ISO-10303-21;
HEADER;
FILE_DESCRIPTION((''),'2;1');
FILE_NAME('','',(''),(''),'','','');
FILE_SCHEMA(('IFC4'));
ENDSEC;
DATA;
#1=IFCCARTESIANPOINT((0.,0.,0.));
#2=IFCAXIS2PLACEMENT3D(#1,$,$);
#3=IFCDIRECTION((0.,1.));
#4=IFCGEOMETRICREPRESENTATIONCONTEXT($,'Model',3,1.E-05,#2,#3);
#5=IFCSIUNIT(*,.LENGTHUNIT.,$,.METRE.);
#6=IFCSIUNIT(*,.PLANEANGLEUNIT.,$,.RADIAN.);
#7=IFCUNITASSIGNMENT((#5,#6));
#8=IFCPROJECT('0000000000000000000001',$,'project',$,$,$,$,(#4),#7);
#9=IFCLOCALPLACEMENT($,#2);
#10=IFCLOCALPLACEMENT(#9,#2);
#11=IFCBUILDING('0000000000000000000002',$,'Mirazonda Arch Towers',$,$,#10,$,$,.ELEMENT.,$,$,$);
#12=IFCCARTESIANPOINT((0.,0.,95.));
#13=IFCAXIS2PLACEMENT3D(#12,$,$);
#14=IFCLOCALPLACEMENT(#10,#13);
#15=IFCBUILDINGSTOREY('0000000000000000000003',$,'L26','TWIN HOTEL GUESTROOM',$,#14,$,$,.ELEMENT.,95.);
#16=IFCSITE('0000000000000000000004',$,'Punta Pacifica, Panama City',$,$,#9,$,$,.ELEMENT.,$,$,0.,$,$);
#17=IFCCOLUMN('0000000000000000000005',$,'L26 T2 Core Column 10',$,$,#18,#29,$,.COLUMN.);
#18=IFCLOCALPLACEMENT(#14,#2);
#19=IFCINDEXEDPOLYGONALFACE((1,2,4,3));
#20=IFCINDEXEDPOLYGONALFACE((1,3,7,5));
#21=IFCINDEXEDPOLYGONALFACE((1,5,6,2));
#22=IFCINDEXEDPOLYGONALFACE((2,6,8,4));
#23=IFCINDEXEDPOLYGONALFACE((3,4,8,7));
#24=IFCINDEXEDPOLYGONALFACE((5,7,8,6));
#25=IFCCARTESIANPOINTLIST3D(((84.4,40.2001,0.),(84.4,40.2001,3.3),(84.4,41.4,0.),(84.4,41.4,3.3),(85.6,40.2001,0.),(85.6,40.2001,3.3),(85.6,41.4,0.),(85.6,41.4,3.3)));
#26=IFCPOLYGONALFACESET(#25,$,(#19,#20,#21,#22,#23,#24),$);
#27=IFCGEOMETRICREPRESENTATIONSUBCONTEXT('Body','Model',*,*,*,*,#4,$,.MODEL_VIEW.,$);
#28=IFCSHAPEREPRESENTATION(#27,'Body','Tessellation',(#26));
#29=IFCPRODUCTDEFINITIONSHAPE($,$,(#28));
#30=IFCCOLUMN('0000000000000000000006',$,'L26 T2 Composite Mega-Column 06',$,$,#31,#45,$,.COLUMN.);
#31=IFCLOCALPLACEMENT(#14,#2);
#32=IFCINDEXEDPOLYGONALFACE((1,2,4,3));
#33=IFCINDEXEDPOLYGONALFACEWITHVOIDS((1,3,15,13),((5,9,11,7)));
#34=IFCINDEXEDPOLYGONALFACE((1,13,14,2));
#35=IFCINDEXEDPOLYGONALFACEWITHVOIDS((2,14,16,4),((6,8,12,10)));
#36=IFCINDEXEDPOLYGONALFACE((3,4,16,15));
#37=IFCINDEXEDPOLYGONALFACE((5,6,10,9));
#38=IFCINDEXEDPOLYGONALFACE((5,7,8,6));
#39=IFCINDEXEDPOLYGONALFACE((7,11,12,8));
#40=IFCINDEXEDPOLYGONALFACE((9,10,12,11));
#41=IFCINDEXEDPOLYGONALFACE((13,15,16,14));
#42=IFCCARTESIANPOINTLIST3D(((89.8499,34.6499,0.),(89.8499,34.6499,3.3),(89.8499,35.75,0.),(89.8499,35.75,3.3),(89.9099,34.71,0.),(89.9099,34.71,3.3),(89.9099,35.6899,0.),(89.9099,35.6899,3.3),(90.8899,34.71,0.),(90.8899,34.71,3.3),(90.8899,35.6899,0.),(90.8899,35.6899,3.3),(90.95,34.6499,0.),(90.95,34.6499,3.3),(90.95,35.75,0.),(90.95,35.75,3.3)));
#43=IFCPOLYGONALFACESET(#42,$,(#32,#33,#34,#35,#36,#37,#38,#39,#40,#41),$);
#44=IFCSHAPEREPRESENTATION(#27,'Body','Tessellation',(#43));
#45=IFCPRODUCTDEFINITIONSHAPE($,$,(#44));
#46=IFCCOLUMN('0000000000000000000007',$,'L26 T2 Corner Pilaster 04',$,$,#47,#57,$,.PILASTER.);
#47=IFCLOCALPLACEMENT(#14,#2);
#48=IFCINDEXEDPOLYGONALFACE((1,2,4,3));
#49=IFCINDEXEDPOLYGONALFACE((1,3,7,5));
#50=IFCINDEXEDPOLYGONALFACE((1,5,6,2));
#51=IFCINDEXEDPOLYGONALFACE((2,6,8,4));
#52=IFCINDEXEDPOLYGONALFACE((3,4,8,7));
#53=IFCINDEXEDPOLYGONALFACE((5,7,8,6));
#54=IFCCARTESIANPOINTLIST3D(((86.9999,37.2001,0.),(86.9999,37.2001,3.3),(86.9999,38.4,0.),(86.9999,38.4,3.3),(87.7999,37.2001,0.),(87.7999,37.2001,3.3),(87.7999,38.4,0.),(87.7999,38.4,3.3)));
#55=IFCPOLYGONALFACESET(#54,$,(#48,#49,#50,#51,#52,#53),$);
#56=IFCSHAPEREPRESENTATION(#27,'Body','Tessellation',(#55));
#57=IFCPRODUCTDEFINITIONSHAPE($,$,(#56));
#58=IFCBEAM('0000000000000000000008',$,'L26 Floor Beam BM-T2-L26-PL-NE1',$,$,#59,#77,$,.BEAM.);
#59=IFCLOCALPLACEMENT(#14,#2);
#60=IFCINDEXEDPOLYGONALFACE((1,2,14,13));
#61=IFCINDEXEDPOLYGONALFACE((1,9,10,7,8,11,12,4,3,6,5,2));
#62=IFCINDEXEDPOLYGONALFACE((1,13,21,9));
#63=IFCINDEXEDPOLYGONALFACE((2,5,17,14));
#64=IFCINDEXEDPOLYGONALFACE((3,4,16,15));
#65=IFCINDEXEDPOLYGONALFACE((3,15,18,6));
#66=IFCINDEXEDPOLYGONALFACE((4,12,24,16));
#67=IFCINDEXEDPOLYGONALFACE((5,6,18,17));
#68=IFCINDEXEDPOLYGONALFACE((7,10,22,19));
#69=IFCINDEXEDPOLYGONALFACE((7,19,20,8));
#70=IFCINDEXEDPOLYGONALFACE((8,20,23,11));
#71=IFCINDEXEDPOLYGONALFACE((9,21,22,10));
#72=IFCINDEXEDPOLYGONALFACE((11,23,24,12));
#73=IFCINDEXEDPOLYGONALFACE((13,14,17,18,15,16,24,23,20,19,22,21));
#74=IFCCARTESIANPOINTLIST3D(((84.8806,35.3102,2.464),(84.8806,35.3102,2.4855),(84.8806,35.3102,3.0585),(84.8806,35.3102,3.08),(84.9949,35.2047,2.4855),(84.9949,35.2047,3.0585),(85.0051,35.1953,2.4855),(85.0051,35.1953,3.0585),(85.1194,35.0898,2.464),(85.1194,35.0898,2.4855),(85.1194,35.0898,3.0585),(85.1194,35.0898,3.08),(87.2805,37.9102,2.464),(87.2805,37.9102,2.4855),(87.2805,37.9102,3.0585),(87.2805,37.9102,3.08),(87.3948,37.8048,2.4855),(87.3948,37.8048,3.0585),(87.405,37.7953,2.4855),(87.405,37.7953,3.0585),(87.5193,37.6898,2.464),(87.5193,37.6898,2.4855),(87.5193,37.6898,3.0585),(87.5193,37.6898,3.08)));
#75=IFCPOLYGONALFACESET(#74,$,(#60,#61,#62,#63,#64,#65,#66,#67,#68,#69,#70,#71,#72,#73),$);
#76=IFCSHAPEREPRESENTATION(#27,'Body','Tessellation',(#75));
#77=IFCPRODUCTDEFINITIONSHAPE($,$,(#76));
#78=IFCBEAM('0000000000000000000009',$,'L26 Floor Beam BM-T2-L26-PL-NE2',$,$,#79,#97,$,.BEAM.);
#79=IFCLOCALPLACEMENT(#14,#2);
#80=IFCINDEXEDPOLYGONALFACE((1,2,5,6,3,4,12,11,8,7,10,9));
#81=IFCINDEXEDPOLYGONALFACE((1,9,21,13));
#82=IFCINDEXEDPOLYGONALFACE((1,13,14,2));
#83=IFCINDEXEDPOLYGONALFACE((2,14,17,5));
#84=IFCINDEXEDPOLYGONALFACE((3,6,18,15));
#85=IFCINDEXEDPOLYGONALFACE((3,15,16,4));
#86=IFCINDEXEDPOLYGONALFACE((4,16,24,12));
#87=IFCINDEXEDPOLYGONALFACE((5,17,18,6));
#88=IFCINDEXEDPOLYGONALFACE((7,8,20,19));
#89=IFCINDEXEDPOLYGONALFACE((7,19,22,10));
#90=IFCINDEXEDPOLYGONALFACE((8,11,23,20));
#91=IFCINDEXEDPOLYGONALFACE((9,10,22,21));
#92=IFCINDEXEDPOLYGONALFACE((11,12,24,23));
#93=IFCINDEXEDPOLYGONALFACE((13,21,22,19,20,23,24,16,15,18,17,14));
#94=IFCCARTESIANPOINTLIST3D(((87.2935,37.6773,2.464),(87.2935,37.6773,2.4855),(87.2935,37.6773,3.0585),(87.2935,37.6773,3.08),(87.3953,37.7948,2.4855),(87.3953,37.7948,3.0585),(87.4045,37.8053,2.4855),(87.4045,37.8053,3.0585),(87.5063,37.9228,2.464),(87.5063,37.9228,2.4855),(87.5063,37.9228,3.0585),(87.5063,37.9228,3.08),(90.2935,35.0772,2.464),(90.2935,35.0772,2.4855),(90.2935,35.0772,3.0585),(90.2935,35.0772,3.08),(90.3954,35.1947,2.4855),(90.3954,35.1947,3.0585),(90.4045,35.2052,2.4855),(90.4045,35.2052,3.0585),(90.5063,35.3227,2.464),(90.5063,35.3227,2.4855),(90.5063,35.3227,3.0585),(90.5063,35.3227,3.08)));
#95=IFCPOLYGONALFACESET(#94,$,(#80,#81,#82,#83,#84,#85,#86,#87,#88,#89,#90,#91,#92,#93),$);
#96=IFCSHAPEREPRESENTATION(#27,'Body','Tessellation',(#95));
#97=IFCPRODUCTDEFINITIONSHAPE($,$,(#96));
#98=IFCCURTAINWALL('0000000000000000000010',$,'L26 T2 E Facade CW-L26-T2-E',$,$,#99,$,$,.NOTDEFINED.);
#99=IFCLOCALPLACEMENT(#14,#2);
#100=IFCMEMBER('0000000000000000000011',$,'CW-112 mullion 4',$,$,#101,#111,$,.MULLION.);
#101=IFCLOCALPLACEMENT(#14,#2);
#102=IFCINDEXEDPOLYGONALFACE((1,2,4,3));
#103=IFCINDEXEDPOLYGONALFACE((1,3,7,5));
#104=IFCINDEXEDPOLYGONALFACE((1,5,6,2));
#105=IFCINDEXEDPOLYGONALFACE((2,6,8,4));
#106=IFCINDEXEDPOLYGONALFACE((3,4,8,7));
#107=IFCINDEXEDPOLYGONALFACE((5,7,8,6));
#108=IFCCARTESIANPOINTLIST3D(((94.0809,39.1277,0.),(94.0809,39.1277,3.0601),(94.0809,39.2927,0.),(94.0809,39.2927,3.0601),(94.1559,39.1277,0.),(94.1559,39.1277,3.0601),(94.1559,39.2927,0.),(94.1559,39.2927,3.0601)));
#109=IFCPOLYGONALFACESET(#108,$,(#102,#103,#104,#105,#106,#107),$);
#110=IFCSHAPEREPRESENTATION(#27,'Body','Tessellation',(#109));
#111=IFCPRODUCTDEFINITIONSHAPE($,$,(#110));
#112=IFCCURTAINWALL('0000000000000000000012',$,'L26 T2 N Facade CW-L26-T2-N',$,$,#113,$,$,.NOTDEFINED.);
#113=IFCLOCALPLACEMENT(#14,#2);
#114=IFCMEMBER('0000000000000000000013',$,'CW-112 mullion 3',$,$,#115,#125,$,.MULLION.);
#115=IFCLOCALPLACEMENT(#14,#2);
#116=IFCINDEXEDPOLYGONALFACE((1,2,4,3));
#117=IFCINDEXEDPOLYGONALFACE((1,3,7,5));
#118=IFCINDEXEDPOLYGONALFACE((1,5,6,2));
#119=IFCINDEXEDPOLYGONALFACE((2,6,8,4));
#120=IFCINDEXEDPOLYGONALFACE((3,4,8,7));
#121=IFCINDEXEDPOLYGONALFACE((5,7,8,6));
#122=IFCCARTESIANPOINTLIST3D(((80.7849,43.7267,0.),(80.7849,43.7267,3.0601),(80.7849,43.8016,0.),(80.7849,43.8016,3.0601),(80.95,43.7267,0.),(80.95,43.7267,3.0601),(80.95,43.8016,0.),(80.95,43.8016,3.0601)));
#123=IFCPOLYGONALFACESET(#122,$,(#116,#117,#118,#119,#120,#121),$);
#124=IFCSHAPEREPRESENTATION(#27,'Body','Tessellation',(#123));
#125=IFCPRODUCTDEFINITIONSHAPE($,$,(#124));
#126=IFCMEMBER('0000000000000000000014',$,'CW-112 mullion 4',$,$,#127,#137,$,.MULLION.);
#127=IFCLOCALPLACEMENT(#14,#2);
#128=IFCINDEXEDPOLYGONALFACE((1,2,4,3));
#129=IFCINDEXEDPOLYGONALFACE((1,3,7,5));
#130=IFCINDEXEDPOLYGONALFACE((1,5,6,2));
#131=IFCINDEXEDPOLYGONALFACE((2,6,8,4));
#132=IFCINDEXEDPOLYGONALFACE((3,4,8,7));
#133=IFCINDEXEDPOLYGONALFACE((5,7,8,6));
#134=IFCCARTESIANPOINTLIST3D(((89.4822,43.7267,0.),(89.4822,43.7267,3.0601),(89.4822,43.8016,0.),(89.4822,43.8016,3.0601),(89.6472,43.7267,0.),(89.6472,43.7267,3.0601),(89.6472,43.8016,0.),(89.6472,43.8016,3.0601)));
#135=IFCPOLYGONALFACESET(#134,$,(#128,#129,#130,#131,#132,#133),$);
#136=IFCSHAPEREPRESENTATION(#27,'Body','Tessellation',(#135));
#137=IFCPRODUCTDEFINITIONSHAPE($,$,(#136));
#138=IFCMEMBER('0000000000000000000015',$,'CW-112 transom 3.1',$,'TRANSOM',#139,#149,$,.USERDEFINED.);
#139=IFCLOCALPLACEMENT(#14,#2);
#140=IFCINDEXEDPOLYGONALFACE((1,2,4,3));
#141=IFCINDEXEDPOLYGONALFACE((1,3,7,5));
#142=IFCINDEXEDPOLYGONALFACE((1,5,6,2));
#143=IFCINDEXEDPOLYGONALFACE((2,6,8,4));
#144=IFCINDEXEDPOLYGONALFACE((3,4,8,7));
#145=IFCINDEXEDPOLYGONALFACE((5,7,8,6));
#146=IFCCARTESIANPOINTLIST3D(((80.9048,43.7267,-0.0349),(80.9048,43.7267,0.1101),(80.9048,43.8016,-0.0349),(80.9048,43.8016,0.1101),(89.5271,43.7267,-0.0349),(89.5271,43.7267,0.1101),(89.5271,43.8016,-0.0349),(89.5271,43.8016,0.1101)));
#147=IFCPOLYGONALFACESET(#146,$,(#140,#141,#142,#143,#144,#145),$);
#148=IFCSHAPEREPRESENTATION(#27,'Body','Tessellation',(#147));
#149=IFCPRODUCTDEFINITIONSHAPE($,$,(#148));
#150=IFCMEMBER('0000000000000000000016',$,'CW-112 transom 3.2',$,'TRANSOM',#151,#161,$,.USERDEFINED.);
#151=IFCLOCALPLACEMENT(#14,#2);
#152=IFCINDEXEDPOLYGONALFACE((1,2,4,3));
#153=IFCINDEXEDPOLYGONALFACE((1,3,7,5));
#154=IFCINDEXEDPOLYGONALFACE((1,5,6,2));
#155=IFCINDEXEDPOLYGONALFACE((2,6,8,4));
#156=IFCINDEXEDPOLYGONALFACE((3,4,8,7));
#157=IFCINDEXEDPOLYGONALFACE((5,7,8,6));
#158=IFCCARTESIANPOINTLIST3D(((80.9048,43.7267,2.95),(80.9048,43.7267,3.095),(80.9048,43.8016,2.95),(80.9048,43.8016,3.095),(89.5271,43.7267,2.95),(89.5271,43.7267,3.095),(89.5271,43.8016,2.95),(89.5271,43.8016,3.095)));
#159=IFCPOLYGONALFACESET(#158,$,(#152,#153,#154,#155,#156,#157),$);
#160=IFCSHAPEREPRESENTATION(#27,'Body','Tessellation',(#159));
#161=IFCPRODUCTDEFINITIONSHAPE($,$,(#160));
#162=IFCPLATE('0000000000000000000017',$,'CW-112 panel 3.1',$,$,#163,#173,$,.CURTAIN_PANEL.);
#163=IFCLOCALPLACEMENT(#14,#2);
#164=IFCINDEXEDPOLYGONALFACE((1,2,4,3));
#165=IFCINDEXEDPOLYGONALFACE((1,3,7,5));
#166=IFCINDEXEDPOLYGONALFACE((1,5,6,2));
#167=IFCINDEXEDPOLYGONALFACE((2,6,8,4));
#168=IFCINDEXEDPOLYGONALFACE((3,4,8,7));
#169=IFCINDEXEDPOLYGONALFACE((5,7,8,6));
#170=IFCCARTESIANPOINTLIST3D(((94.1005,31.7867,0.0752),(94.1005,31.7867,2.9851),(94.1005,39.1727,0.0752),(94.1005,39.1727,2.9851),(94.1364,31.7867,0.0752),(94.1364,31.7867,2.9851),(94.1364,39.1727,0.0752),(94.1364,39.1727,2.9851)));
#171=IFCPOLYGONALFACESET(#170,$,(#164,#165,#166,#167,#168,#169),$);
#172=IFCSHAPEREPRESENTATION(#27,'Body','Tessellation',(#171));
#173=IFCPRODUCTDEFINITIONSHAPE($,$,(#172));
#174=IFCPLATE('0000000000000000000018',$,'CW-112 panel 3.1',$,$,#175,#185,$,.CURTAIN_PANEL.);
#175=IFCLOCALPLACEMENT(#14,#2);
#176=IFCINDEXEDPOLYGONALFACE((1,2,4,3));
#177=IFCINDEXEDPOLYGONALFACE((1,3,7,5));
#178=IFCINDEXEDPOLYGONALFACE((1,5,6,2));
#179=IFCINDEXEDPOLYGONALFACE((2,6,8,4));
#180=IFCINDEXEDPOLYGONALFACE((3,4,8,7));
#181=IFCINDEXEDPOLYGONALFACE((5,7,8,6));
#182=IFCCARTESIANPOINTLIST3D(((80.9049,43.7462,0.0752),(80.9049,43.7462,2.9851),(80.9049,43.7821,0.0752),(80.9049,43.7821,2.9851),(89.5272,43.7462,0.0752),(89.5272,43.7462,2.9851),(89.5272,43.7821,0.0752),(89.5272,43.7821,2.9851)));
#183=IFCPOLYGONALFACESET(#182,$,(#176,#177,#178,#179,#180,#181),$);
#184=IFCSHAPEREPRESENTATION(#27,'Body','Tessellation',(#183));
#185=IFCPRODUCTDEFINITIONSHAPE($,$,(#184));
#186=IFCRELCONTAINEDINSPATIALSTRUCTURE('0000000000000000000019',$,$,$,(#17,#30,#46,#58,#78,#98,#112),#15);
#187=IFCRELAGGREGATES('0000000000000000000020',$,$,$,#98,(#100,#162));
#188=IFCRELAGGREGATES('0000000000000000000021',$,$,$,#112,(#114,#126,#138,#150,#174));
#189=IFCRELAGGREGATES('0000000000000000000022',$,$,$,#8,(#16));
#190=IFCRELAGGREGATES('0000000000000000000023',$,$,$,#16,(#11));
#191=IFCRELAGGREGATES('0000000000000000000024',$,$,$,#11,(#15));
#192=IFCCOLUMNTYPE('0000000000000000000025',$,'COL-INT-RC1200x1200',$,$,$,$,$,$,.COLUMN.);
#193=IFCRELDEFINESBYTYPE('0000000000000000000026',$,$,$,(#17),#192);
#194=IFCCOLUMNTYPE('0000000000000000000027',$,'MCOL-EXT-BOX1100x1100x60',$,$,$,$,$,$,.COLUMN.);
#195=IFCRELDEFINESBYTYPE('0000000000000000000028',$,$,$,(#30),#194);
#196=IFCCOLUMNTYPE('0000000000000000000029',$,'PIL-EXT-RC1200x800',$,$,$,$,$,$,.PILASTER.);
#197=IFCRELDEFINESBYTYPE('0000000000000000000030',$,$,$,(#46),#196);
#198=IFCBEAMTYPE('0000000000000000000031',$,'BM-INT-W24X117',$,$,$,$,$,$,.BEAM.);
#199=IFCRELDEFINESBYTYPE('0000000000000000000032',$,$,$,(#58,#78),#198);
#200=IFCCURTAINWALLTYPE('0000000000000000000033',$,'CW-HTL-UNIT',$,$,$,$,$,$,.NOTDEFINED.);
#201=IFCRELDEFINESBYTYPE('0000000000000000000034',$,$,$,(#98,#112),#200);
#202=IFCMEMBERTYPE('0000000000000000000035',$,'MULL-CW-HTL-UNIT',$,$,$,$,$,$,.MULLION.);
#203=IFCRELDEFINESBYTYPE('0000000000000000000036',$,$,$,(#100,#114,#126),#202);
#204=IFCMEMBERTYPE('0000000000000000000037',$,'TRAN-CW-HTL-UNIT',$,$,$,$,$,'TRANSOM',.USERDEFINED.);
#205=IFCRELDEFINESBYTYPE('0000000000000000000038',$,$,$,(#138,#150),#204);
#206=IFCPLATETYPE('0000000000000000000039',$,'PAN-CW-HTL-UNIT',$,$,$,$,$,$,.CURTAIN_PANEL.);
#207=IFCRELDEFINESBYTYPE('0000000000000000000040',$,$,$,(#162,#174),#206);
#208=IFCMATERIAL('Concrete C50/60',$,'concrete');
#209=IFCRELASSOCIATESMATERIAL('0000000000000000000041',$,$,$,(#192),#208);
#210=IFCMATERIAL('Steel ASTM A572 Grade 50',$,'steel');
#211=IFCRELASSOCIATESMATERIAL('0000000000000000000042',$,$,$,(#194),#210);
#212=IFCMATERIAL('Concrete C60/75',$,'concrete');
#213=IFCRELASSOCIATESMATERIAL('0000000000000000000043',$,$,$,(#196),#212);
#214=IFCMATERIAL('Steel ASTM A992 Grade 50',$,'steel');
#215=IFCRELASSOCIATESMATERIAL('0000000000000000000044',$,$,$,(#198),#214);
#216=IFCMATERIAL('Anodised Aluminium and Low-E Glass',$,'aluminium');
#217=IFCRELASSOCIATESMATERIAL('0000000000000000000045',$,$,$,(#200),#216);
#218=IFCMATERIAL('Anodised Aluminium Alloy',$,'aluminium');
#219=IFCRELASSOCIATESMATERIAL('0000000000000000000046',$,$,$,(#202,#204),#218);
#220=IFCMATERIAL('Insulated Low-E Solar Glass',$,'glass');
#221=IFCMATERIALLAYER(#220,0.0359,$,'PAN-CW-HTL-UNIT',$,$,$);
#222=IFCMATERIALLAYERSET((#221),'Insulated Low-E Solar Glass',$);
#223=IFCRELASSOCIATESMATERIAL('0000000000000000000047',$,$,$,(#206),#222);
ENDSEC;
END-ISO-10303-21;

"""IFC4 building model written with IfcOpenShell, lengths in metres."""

from ifc_helpers import new_model, si_unit, direction, frame, origin, origin_2d, place, context, subcontext, project, spatial, rectangle, hollow_rectangle, i_section, extrude, material, layer, layer_set, material_profile, profile_set, type_object, element, aggregate, save


model = new_model("IFC4")

# Units and contexts
model_context = context("Model", 3, precision=1e-05, world=origin(), true_north=direction((0.0, 1.0)))
body_context = subcontext(model_context, "Body", "Model", "MODEL_VIEW")
ifc_project = project(units=[si_unit("LENGTHUNIT", "METRE"), si_unit("PLANEANGLEUNIT", "RADIAN")], contexts=[model_context])

# Site, building, storey
site_placement = place(None, origin())
site = spatial("IfcSite", under=ifc_project, at=site_placement, Name="Punta Pacifica, Panama City", CompositionType="ELEMENT", RefElevation=0.0)
building_placement = place(site_placement, origin())
building = spatial("IfcBuilding", under=site, at=building_placement, Name="Mirazonda Arch Towers", CompositionType="ELEMENT")
storey_placement = place(building_placement, frame((0.0, 0.0, 95.0)))
storey = spatial("IfcBuildingStorey", under=building, at=storey_placement, Name="L26", Description="TWIN HOTEL GUESTROOM", CompositionType="ELEMENT", Elevation=95.0)

# Columns
ifc_material_1 = material(Name="Concrete C50/60", Category="concrete")
ifc_material_profile_1 = material_profile(ifc_material_1, rectangle(XDim=1.2, YDim=1.2, at=origin_2d()), Name="RC1200x1200")
ifc_profile_set_1 = profile_set([ifc_material_profile_1], Name="Concrete C50/60")
column_type_1 = type_object("IfcColumnType", Name="COL-INT-RC1200x1200", PredefinedType="COLUMN", material=ifc_profile_set_1)
column_1_placement = place(storey_placement, frame((85.0, 40.8, 0.0), z_axis=(0.0, 0.0, 1.0), x_axis=(1.0, 0.0, 0.0)))
element("IfcColumn", 1, at=column_1_placement, inside=storey, type_object=column_type_1, Name="L26 T2 Core Column 10", PredefinedType="COLUMN", context=body_context, shape_type="SweptSolid", body=[
    extrude(rectangle(XDim=1.2, YDim=1.2, at=origin_2d()), origin(), (0.0, 0.0, 1.0), 3.3),
])
ifc_material_2 = material(Name="Steel ASTM A572 Grade 50", Category="steel")
ifc_material_profile_2 = material_profile(ifc_material_2, hollow_rectangle(XDim=1.1001, YDim=1.1001, WallThickness=0.0601, at=origin_2d()), Name="BOX1100x1100x60")
ifc_profile_set_2 = profile_set([ifc_material_profile_2], Name="Steel ASTM A572 Grade 50")
column_type_2 = type_object("IfcColumnType", Name="MCOL-EXT-BOX1100x1100x60", PredefinedType="COLUMN", material=ifc_profile_set_2)
column_2_placement = place(storey_placement, frame((90.3999, 35.2, 0.0), z_axis=(0.0, 0.0, 1.0), x_axis=(1.0, 0.0, 0.0)))
element("IfcColumn", 2, at=column_2_placement, inside=storey, type_object=column_type_2, Name="L26 T2 Composite Mega-Column 06", PredefinedType="COLUMN", context=body_context, shape_type="SweptSolid", body=[
    extrude(hollow_rectangle(XDim=1.1001, YDim=1.1001, WallThickness=0.0601, at=origin_2d()), origin(), (0.0, 0.0, 1.0), 3.3),
])
ifc_material_3 = material(Name="Concrete C60/75", Category="concrete")
ifc_material_profile_3 = material_profile(ifc_material_3, rectangle(XDim=0.8, YDim=1.2, at=origin_2d()), Name="RC1200x800")
ifc_profile_set_3 = profile_set([ifc_material_profile_3], Name="Concrete C60/75")
column_type_3 = type_object("IfcColumnType", Name="PIL-EXT-RC1200x800", PredefinedType="PILASTER", material=ifc_profile_set_3)
column_3_placement = place(storey_placement, frame((87.3999, 37.8, 0.0), z_axis=(0.0, 0.0, 1.0), x_axis=(1.0, 0.0, 0.0)))
element("IfcColumn", 3, at=column_3_placement, inside=storey, type_object=column_type_3, Name="L26 T2 Corner Pilaster 04", PredefinedType="PILASTER", context=body_context, shape_type="SweptSolid", body=[
    extrude(rectangle(XDim=0.8, YDim=1.2, at=origin_2d()), origin(), (0.0, 0.0, 1.0), 3.3),
])

# Beams
ifc_material_4 = material(Name="Steel ASTM A992 Grade 50", Category="steel")
ifc_material_profile_4 = material_profile(ifc_material_4, i_section(OverallWidth=0.325, OverallDepth=0.616, WebThickness=0.0139, FlangeThickness=0.0215, at=origin_2d()), Name="W24X117")
ifc_profile_set_4 = profile_set([ifc_material_profile_4], Name="Steel ASTM A992 Grade 50")
beam_type = type_object("IfcBeamType", Name="BM-INT-W24X117", PredefinedType="BEAM", material=ifc_profile_set_4)
beam_1_placement = place(storey_placement, frame((87.3999, 37.8, 2.772), z_axis=(-0.678251, -0.73483, 0.0), x_axis=(0.73483, -0.678251, 0.0)))
element("IfcBeam", 4, at=beam_1_placement, inside=storey, type_object=beam_type, Name="L26 Floor Beam BM-T2-L26-PL-NE1", PredefinedType="BEAM", context=body_context, shape_type="SweptSolid", body=[
    extrude(i_section(OverallWidth=0.325, OverallDepth=0.616, WebThickness=0.0139, FlangeThickness=0.0215, at=origin_2d()), origin(), (0.0, 0.0, 1.0), 3.5383),
])
beam_2_placement = place(storey_placement, frame((87.3999, 37.8, 2.772), z_axis=(0.755677, -0.654945, 0.0), x_axis=(0.654945, 0.755677, 0.0)))
element("IfcBeam", 5, at=beam_2_placement, inside=storey, type_object=beam_type, Name="L26 Floor Beam BM-T2-L26-PL-NE2", PredefinedType="BEAM", context=body_context, shape_type="SweptSolid", body=[
    extrude(i_section(OverallWidth=0.325, OverallDepth=0.616, WebThickness=0.0139, FlangeThickness=0.0215, at=origin_2d()), origin(), (0.0, 0.0, 1.0), 3.97),
])

# Curtain wall, member
ifc_material_5 = material(Name="Anodised Aluminium and Low-E Glass", Category="aluminium")
curtain_wall_type = type_object("IfcCurtainWallType", Name="CW-HTL-UNIT", PredefinedType="NOTDEFINED", material=ifc_material_5)
curtain_wall_1_placement = place(storey_placement, origin())
curtain_wall_1 = element("IfcCurtainWall", 6, at=curtain_wall_1_placement, inside=storey, type_object=curtain_wall_type, Name="L26 T2 E Facade CW-L26-T2-E", PredefinedType="NOTDEFINED")
ifc_material_6 = material(Name="Anodised Aluminium Alloy", Category="aluminium")
ifc_material_profile_5 = material_profile(ifc_material_6, rectangle(XDim=0.075, YDim=0.165, at=origin_2d()), Name="ALU-MULL-75x165")
ifc_profile_set_5 = profile_set([ifc_material_profile_5], Name="Anodised Aluminium Alloy")
member_type_1 = type_object("IfcMemberType", Name="MULL-CW-HTL-UNIT", PredefinedType="MULLION", material=ifc_profile_set_5)
member_1_placement = place(storey_placement, frame((94.1184, 39.2102, 0.0), z_axis=(0.0, 0.0, 1.0), x_axis=(-1.0, 0.0, 0.0)))
member_1 = element("IfcMember", 7, at=member_1_placement, type_object=member_type_1, Name="CW-112 mullion 4", PredefinedType="MULLION", context=body_context, shape_type="SweptSolid", body=[
    extrude(rectangle(XDim=0.075, YDim=0.165, at=origin_2d()), origin(), (0.0, 0.0, 1.0), 3.0601),
])

# Curtain wall, members
curtain_wall_2_placement = place(storey_placement, origin())
curtain_wall_2 = element("IfcCurtainWall", 8, at=curtain_wall_2_placement, inside=storey, type_object=curtain_wall_type, Name="L26 T2 N Facade CW-L26-T2-N", PredefinedType="NOTDEFINED")
member_2_placement = place(storey_placement, frame((80.8674, 43.7642, 0.0), z_axis=(0.0, 0.0, 1.0), x_axis=(0.0, 1.0, 0.0)))
member_2 = element("IfcMember", 9, at=member_2_placement, type_object=member_type_1, Name="CW-112 mullion 3", PredefinedType="MULLION", context=body_context, shape_type="SweptSolid", body=[
    extrude(rectangle(XDim=0.075, YDim=0.165, at=origin_2d()), origin(), (0.0, 0.0, 1.0), 3.0601),
])
member_3_placement = place(storey_placement, frame((89.5647, 43.7642, 0.0), z_axis=(0.0, 0.0, 1.0), x_axis=(0.0, 1.0, 0.0)))
member_3 = element("IfcMember", 10, at=member_3_placement, type_object=member_type_1, Name="CW-112 mullion 4", PredefinedType="MULLION", context=body_context, shape_type="SweptSolid", body=[
    extrude(rectangle(XDim=0.075, YDim=0.165, at=origin_2d()), origin(), (0.0, 0.0, 1.0), 3.0601),
])
ifc_material_profile_6 = material_profile(ifc_material_6, rectangle(XDim=0.075, YDim=0.145, at=origin_2d()), Name="ALU-TRAN-75x145")
ifc_profile_set_6 = profile_set([ifc_material_profile_6], Name="Anodised Aluminium Alloy")
member_type_2 = type_object("IfcMemberType", Name="TRAN-CW-HTL-UNIT", ElementType="TRANSOM", PredefinedType="USERDEFINED", material=ifc_profile_set_6)
member_4_placement = place(storey_placement, frame((80.9048, 43.7642, 0.0376), z_axis=(1.0, 0.0, 0.0), x_axis=(0.0, 1.0, 0.0)))
member_4 = element("IfcMember", 11, at=member_4_placement, type_object=member_type_2, Name="CW-112 transom 3.1", ObjectType="TRANSOM", PredefinedType="USERDEFINED", context=body_context, shape_type="SweptSolid", body=[
    extrude(rectangle(XDim=0.075, YDim=0.145, at=origin_2d()), origin(), (0.0, 0.0, 1.0), 8.6223),
])
member_5_placement = place(storey_placement, frame((80.9048, 43.7642, 3.0225), z_axis=(1.0, 0.0, 0.0), x_axis=(0.0, 1.0, 0.0)))
member_5 = element("IfcMember", 12, at=member_5_placement, type_object=member_type_2, Name="CW-112 transom 3.2", ObjectType="TRANSOM", PredefinedType="USERDEFINED", context=body_context, shape_type="SweptSolid", body=[
    extrude(rectangle(XDim=0.075, YDim=0.145, at=origin_2d()), origin(), (0.0, 0.0, 1.0), 8.6223),
])

# Plates
ifc_material_7 = material(Name="Insulated Low-E Solar Glass", Category="glass")
ifc_layer_1 = layer(ifc_material_7, 0.0359, Name="PAN-CW-HTL-UNIT")
ifc_layer_set_1 = layer_set([ifc_layer_1], Name="Insulated Low-E Solar Glass")
plate_type = type_object("IfcPlateType", Name="PAN-CW-HTL-UNIT", PredefinedType="CURTAIN_PANEL", material=ifc_layer_set_1)
plate_1_placement = place(storey_placement, frame((94.1184, 35.4797, 0.0752), z_axis=(0.0, 0.0, 1.0), x_axis=(0.0, 1.0, 0.0)))
plate_1 = element("IfcPlate", 13, at=plate_1_placement, type_object=plate_type, Name="CW-112 panel 3.1", PredefinedType="CURTAIN_PANEL", context=body_context, shape_type="SweptSolid", body=[
    extrude(rectangle(XDim=7.386, YDim=0.0359, at=origin_2d()), origin(), (0.0, 0.0, 1.0), 2.9099),
])
aggregate(curtain_wall_1, [member_1, plate_1])
plate_2_placement = place(storey_placement, frame((85.2161, 43.7642, 0.0752), z_axis=(0.0, 0.0, 1.0), x_axis=(1.0, 0.0, 0.0)))
plate_2 = element("IfcPlate", 14, at=plate_2_placement, type_object=plate_type, Name="CW-112 panel 3.1", PredefinedType="CURTAIN_PANEL", context=body_context, shape_type="SweptSolid", body=[
    extrude(rectangle(XDim=8.6223, YDim=0.0359, at=origin_2d()), origin(), (0.0, 0.0, 1.0), 2.9099),
])
aggregate(curtain_wall_2, [member_2, member_3, member_4, member_5, plate_2])

save(model, "model.ifc")
